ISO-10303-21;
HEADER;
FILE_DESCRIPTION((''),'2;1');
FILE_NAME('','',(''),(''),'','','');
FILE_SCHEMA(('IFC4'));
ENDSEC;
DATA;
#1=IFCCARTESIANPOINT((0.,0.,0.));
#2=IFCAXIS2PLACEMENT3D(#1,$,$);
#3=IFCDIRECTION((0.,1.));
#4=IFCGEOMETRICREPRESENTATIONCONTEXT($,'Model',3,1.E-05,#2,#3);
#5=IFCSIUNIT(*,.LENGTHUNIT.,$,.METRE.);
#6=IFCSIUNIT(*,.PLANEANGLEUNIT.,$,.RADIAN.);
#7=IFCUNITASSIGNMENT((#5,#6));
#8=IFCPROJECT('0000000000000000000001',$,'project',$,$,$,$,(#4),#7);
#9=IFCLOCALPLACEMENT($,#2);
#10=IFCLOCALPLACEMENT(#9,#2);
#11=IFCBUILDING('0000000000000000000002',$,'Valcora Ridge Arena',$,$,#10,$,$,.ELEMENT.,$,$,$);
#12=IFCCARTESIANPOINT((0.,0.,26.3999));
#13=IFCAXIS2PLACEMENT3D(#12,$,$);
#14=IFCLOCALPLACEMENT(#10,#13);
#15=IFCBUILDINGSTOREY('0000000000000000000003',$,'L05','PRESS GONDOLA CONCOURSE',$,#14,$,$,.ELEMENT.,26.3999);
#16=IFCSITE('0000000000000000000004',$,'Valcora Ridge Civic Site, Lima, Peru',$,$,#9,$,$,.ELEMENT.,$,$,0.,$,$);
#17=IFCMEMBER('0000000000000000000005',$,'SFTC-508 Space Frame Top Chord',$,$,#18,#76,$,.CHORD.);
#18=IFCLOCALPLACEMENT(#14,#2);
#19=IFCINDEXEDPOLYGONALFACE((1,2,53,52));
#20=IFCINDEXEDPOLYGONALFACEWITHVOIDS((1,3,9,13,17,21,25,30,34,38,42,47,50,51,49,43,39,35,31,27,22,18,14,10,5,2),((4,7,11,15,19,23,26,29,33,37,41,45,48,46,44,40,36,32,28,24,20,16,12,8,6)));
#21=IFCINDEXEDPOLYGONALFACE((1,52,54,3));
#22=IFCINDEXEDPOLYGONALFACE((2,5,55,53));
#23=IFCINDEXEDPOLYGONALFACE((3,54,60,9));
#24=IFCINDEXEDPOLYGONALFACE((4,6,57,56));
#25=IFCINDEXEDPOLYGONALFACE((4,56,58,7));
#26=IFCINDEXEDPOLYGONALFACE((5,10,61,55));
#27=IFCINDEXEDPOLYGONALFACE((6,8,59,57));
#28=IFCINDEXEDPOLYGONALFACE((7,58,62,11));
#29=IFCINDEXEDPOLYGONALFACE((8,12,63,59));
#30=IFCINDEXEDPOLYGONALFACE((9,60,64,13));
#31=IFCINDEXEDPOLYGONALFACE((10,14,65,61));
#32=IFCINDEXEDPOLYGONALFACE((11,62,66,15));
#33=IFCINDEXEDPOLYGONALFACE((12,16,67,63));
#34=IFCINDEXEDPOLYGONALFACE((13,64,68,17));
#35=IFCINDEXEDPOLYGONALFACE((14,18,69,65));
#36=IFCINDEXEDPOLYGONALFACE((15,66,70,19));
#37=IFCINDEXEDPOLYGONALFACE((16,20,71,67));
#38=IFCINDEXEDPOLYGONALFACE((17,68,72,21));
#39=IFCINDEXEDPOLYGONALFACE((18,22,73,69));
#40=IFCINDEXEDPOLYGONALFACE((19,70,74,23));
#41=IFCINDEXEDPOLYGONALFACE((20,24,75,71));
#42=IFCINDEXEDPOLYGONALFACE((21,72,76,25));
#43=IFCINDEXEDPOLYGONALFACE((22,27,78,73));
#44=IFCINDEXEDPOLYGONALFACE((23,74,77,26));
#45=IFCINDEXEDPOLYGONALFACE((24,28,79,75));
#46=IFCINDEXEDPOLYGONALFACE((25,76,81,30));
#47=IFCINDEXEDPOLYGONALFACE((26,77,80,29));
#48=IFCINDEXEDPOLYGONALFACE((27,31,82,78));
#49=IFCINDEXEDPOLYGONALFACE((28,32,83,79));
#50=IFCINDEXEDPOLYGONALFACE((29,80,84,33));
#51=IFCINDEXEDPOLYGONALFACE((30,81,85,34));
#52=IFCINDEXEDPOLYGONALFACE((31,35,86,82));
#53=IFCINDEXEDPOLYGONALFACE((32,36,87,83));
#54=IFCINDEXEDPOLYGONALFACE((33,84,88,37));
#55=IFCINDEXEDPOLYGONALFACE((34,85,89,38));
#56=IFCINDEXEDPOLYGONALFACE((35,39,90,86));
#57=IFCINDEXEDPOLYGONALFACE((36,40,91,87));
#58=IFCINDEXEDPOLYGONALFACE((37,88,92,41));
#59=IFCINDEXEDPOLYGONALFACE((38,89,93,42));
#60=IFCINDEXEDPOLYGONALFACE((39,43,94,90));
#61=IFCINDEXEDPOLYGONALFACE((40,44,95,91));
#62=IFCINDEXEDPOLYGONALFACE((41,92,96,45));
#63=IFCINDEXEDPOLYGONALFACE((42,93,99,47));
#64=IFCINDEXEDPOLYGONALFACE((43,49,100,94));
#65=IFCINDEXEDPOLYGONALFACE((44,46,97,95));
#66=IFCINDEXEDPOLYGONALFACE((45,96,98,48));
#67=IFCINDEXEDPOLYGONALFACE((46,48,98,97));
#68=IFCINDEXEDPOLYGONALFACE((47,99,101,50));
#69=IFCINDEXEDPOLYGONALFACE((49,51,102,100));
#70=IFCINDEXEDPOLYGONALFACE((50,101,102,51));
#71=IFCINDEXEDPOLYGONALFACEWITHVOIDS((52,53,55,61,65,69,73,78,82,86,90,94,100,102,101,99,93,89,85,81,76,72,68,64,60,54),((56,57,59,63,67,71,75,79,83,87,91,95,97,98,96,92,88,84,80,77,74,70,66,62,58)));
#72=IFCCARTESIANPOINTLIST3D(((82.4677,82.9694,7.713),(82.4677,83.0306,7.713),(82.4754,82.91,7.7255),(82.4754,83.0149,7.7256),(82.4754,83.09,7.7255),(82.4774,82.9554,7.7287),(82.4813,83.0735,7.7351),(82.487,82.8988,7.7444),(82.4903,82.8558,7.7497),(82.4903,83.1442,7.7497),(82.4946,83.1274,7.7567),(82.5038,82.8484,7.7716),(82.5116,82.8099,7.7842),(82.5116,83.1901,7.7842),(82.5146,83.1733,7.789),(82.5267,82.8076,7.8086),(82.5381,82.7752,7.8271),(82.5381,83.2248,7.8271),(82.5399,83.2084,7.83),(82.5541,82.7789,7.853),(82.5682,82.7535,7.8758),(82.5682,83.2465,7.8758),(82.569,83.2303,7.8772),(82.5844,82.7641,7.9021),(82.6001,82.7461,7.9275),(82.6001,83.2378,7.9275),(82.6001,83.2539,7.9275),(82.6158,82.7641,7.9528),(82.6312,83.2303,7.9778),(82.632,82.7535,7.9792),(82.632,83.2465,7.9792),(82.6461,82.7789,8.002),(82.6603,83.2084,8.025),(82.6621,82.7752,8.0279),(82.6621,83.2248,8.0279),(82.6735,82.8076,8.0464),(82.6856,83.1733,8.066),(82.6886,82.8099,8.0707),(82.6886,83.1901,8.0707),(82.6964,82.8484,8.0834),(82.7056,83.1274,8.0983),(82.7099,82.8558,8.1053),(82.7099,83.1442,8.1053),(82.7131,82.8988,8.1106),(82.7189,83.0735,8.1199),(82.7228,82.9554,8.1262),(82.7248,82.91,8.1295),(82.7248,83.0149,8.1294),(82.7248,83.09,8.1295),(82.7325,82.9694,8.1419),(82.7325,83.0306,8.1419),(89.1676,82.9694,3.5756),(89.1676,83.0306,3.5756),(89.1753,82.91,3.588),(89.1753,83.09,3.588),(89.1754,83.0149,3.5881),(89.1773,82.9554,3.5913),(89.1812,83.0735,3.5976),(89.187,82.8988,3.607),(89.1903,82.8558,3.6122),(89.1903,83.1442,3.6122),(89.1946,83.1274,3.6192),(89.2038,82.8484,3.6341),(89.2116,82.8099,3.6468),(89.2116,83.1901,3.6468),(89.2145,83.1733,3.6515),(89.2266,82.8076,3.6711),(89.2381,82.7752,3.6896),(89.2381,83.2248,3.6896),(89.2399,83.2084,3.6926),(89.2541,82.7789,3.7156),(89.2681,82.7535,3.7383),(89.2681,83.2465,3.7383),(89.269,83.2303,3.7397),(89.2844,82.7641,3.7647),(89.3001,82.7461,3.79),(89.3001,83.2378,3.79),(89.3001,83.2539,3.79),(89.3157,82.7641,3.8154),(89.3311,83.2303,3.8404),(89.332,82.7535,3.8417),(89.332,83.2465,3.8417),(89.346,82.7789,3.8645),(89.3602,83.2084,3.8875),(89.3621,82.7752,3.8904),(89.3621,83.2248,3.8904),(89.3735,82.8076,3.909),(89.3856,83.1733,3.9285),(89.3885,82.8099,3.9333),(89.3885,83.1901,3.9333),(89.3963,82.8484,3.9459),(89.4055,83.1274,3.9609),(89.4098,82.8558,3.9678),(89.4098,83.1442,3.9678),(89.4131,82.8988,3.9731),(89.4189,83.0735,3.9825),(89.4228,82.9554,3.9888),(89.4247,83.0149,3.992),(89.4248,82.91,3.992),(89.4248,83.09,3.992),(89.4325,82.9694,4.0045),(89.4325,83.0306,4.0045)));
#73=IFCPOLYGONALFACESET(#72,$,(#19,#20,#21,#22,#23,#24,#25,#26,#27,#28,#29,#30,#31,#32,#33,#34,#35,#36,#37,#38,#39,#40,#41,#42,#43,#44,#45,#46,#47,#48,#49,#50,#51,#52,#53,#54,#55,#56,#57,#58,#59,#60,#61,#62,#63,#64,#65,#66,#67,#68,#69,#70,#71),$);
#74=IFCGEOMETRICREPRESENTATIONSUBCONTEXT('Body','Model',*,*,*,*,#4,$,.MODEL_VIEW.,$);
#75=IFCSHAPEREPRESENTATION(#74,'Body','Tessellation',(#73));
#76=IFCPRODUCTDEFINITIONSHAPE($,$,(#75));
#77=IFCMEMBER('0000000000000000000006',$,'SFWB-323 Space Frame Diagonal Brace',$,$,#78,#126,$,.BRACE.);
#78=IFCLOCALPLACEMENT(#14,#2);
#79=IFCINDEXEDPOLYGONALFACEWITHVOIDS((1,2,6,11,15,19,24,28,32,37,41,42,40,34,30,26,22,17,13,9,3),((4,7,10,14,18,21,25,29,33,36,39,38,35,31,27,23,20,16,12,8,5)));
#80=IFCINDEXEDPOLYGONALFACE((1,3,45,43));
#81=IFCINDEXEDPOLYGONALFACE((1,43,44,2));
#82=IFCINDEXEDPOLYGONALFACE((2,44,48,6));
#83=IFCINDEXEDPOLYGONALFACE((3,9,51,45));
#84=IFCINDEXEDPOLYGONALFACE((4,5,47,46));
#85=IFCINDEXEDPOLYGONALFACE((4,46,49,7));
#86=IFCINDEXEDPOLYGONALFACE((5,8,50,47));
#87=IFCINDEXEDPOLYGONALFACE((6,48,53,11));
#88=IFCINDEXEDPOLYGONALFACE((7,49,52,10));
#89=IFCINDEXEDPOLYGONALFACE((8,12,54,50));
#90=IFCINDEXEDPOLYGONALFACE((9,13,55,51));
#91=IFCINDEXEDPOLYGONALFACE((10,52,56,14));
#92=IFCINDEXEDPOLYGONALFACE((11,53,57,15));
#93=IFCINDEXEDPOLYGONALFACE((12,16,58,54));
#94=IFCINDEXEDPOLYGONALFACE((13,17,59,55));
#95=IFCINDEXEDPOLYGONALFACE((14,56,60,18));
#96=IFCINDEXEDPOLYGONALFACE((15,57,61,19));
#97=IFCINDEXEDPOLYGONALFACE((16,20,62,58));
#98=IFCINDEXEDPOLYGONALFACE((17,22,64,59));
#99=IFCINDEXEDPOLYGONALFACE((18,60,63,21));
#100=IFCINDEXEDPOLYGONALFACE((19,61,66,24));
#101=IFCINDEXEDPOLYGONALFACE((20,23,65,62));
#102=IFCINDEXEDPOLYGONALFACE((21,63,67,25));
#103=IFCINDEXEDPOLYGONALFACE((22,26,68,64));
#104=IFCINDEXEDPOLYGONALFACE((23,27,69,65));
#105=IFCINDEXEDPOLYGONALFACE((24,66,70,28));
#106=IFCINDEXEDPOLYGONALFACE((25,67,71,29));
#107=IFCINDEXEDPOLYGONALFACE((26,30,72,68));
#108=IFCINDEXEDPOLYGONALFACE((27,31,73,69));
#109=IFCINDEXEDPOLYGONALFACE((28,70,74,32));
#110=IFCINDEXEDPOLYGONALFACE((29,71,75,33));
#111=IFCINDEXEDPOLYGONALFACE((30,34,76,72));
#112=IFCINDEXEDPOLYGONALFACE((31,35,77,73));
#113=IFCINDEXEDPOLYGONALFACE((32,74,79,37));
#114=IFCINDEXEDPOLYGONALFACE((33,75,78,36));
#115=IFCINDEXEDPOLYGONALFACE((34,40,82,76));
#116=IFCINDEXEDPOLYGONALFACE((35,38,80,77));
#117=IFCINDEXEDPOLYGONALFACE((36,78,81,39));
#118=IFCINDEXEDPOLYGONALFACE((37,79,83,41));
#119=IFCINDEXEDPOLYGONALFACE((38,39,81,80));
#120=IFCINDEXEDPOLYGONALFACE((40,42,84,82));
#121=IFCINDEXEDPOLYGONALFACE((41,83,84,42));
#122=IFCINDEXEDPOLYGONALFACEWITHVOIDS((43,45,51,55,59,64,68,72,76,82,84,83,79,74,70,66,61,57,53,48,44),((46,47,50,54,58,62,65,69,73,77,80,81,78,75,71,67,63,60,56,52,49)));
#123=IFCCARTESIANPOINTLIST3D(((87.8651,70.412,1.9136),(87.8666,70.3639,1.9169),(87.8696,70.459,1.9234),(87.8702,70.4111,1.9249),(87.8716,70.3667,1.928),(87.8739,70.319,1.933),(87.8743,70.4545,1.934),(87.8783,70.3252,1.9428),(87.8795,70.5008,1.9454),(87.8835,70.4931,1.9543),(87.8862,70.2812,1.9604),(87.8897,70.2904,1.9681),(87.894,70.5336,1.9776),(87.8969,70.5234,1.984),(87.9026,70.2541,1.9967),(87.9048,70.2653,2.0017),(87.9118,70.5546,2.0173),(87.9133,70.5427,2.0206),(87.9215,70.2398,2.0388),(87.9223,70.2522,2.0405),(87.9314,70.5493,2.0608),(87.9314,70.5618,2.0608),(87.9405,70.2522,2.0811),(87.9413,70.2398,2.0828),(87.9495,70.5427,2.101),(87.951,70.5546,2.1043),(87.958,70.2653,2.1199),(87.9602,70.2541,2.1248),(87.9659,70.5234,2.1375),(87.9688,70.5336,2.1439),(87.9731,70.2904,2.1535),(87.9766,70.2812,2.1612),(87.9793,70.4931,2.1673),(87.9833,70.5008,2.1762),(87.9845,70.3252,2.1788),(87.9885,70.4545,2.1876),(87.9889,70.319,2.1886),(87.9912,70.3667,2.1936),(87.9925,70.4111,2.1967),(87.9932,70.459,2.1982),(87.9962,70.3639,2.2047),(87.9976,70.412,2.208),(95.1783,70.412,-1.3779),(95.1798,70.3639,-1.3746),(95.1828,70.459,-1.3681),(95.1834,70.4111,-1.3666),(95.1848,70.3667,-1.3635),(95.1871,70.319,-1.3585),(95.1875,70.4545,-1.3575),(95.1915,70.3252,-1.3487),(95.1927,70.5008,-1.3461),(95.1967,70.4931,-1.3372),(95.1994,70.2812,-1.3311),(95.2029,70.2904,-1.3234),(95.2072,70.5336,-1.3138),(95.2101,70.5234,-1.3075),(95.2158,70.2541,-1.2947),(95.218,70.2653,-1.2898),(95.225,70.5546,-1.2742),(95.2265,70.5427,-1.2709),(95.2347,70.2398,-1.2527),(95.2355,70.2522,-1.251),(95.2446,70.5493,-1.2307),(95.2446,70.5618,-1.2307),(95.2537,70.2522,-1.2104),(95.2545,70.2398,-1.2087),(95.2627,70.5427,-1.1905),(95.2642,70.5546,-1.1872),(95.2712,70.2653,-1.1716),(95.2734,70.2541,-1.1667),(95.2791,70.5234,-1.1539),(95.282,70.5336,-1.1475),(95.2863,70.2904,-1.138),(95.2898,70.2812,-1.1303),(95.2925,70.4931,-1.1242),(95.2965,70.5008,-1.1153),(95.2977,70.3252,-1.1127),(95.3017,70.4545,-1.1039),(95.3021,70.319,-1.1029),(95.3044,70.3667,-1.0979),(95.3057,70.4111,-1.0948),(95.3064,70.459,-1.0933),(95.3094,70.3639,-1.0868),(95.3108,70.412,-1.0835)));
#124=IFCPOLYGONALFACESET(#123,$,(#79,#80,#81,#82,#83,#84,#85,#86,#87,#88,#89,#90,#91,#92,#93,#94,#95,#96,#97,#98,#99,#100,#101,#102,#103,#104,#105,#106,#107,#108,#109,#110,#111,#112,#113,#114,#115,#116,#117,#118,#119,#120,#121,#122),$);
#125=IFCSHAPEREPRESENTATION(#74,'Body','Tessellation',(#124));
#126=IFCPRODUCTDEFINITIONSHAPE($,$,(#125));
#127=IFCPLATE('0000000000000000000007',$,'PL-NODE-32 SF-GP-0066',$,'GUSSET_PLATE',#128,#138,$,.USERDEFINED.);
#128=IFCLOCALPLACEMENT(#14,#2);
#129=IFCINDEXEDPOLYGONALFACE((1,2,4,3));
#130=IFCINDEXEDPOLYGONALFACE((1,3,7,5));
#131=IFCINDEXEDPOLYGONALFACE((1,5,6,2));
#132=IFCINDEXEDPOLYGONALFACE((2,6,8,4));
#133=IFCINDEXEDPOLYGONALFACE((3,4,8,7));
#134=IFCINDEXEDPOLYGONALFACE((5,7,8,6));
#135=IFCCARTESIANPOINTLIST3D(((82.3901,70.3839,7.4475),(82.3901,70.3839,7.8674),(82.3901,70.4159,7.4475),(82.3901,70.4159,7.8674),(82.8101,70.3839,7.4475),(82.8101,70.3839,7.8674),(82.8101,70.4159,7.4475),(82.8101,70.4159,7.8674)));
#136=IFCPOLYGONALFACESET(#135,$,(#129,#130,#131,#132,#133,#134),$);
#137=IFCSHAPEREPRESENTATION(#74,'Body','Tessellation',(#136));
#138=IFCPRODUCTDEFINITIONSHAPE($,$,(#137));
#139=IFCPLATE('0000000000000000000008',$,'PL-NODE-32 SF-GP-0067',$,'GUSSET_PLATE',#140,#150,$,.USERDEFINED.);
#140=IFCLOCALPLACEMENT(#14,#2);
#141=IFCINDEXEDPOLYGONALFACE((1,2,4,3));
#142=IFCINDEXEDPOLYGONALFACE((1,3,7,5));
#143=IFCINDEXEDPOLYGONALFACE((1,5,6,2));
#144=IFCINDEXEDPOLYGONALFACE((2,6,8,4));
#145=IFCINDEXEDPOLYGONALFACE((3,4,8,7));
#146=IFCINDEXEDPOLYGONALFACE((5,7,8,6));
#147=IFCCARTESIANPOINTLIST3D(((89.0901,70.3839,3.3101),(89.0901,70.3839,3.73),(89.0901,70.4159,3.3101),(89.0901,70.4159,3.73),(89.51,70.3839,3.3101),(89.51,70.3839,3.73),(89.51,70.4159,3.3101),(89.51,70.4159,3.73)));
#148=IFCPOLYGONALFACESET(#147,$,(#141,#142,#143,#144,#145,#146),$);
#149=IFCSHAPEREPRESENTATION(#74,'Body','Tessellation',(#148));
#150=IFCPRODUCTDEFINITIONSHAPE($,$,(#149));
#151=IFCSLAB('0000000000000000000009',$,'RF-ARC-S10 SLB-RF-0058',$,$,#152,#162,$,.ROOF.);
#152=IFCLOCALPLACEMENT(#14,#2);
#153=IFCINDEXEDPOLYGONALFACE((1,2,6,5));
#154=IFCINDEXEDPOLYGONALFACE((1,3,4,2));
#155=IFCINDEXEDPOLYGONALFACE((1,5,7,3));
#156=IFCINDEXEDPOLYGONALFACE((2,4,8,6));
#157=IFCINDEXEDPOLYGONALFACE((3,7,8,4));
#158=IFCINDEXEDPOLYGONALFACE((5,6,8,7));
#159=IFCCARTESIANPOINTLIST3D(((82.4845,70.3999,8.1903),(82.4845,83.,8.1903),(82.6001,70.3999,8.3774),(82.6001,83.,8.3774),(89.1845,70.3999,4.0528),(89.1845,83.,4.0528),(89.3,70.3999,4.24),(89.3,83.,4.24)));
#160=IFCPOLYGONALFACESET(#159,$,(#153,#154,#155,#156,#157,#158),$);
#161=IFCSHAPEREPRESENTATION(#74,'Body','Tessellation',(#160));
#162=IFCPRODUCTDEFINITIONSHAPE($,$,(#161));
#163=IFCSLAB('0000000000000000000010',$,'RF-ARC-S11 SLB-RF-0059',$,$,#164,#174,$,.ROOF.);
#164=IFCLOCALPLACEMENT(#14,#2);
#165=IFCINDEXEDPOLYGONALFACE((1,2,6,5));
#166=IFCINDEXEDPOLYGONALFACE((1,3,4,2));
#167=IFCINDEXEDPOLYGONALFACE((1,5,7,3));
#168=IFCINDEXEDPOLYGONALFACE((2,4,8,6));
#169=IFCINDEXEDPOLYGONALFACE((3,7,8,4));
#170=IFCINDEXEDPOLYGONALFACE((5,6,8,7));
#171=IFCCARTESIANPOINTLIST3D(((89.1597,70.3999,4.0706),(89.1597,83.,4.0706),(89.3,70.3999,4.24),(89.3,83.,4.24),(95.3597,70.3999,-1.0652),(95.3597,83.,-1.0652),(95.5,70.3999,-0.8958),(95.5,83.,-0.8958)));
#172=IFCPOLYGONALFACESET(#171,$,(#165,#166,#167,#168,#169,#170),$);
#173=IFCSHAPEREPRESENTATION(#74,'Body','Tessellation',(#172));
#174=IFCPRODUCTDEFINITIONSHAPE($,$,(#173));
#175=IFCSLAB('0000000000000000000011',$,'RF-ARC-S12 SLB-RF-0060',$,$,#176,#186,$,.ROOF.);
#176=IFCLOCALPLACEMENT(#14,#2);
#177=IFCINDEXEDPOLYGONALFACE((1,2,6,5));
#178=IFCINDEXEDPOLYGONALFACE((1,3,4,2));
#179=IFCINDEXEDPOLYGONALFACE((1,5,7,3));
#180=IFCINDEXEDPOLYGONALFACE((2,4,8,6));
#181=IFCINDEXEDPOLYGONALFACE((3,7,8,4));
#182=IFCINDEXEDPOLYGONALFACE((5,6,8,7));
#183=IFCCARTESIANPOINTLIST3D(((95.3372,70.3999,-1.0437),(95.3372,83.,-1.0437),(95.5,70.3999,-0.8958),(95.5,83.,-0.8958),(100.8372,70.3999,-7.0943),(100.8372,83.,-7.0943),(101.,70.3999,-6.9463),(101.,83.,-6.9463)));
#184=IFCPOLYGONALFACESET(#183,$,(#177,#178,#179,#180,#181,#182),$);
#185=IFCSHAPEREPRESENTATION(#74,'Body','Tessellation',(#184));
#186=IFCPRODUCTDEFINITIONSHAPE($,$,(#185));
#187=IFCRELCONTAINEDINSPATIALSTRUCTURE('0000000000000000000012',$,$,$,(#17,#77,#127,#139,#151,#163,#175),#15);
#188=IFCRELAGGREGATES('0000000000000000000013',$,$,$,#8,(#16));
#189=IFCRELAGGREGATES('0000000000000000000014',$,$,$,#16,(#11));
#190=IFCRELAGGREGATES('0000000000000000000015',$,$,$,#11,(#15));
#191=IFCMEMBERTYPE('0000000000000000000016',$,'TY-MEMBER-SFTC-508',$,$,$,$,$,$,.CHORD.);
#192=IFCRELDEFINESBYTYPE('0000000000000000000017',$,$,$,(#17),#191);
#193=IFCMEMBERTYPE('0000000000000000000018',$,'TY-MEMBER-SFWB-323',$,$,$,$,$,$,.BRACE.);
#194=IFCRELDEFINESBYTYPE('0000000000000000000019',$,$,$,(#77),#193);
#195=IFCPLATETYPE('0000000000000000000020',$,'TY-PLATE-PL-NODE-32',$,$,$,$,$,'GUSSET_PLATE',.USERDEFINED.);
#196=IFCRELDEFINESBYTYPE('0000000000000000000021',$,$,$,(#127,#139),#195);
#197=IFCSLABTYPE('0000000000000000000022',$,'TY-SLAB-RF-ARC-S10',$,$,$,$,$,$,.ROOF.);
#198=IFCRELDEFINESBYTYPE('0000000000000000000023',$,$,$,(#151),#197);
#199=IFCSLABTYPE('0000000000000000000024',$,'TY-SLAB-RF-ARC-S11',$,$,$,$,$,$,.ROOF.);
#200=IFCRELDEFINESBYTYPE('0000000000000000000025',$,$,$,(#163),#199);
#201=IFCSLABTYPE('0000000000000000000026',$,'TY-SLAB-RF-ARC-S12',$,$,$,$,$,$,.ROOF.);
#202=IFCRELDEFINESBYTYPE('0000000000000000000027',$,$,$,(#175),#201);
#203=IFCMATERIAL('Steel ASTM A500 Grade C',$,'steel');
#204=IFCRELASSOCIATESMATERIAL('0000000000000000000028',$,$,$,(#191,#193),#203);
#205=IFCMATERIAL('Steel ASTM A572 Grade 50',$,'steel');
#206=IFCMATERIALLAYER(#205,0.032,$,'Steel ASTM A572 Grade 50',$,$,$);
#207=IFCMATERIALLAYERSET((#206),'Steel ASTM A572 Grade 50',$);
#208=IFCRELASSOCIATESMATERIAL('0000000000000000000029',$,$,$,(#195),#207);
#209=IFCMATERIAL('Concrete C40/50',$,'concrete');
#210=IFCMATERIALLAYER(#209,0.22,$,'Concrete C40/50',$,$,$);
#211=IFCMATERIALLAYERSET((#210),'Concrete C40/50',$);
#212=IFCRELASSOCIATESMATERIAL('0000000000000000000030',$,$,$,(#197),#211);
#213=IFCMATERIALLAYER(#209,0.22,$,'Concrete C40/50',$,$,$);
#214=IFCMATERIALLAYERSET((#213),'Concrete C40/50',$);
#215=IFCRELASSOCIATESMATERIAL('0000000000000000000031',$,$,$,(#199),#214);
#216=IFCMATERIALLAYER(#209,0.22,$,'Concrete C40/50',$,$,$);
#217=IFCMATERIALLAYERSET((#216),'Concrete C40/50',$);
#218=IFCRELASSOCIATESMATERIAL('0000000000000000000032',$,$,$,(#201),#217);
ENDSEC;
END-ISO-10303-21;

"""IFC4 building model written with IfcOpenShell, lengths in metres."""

from ifc_helpers import new_model, si_unit, direction, frame, origin, origin_2d, place, context, subcontext, project, spatial, polyline, rectangle, hollow_circle, outline, extrude, material, layer, layer_set, material_profile, profile_set, type_object, element, save


model = new_model("IFC4")

# Units and contexts
model_context = context("Model", 3, precision=1e-05, world=origin(), true_north=direction((0.0, 1.0)))
body_context = subcontext(model_context, "Body", "Model", "MODEL_VIEW")
ifc_project = project(units=[si_unit("LENGTHUNIT", "METRE"), si_unit("PLANEANGLEUNIT", "RADIAN")], contexts=[model_context])

# Site, building, storey
site_placement = place(None, origin())
site = spatial("IfcSite", under=ifc_project, at=site_placement, Name="Valcora Ridge Civic Site, Lima, Peru", CompositionType="ELEMENT", RefElevation=0.0)
building_placement = place(site_placement, origin())
building = spatial("IfcBuilding", under=site, at=building_placement, Name="Valcora Ridge Arena", CompositionType="ELEMENT")
storey_placement = place(building_placement, frame((0.0, 0.0, 26.3999)))
storey = spatial("IfcBuildingStorey", under=building, at=storey_placement, Name="L05", Description="PRESS GONDOLA CONCOURSE", CompositionType="ELEMENT", Elevation=26.3999)

# Members
ifc_material_1 = material(Name="Steel ASTM A572 Grade 50", Category="steel")
ifc_material_2 = material(Name="Steel ASTM A500 Grade C", Category="steel")
ifc_material_profile_1 = material_profile(ifc_material_2, hollow_circle(Radius=0.2539, WallThickness=0.0161, at=origin_2d()), Name="CHS508X16")
ifc_profile_set_1 = profile_set([ifc_material_profile_1], Name="Steel ASTM A500 Grade C")
member_type_1 = type_object("IfcMemberType", Name="TY-MEMBER-SFTC-508", PredefinedType="CHORD", material=ifc_profile_set_1)
member_1_placement = place(storey_placement, frame((82.6001, 83.0, 7.9275), z_axis=(0.850841, 0.0, -0.525424), x_axis=(0.0, 1.0, 0.0)))
element("IfcMember", 1, at=member_1_placement, inside=storey, type_object=member_type_1, Name="SFTC-508 Space Frame Top Chord", PredefinedType="CHORD", context=body_context, shape_type="SweptSolid", body=[
    extrude(hollow_circle(Radius=0.2539, WallThickness=0.0161, at=origin_2d()), origin(), (0.0, 0.0, 1.0), 7.8745),
])
ifc_material_profile_2 = material_profile(ifc_material_2, hollow_circle(Radius=0.1619, WallThickness=0.0125, at=origin_2d()), Name="CHS323X12")
ifc_profile_set_2 = profile_set([ifc_material_profile_2], Name="Steel ASTM A500 Grade C")
member_type_2 = type_object("IfcMemberType", Name="TY-MEMBER-SFWB-323", PredefinedType="BRACE", material=ifc_profile_set_2)
member_2_placement = place(storey_placement, frame((87.9314, 70.3999, 2.0608), z_axis=(0.911896, 0.0, -0.410422), x_axis=(0.0, 1.0, 0.0)))
element("IfcMember", 2, at=member_2_placement, inside=storey, type_object=member_type_2, Name="SFWB-323 Space Frame Diagonal Brace", PredefinedType="BRACE", context=body_context, shape_type="SweptSolid", body=[
    extrude(hollow_circle(Radius=0.1619, WallThickness=0.0125, at=origin_2d()), origin(), (0.0, 0.0, 1.0), 8.0198),
])

# Plates
ifc_layer_1 = layer(ifc_material_1, 0.032, Name="Steel ASTM A572 Grade 50")
ifc_layer_set_1 = layer_set([ifc_layer_1], Name="Steel ASTM A572 Grade 50")
plate_type = type_object("IfcPlateType", Name="TY-PLATE-PL-NODE-32", ElementType="GUSSET_PLATE", PredefinedType="USERDEFINED", material=ifc_layer_set_1)
for number, where, z_axis, x_axis, name in (
    (3, (82.6001, 70.3999, 7.4475), (0.0, 0.0, 1.0), (1.0, 0.0, 0.0), "PL-NODE-32 SF-GP-0066"),
    (4, (89.3, 70.3999, 3.3101), (0.0, 0.0, 1.0), (1.0, 0.0, 0.0), "PL-NODE-32 SF-GP-0067"),
):
    element("IfcPlate", number, at=place(storey_placement, frame(where, z_axis=z_axis, x_axis=x_axis)), inside=storey, type_object=plate_type, Name=name, ObjectType="GUSSET_PLATE", PredefinedType="USERDEFINED", context=body_context, shape_type="SweptSolid", body=[
        extrude(rectangle(XDim=0.4199, YDim=0.032, at=origin_2d()), origin(), (0.0, 0.0, 1.0), 0.4199),
    ])

# Slabs
ifc_material_3 = material(Name="Concrete C40/50", Category="concrete")
ifc_layer_2 = layer(ifc_material_3, 0.22, Name="Concrete C40/50")
ifc_layer_set_2 = layer_set([ifc_layer_2], Name="Concrete C40/50")
slab_type_1 = type_object("IfcSlabType", Name="TY-SLAB-RF-ARC-S10", PredefinedType="ROOF", material=ifc_layer_set_2)
slab_1_placement = place(storey_placement, frame((82.6001, 70.3999, 8.3774), z_axis=(0.525424, 0.0, 0.850841), x_axis=(0.850841, 0.0, -0.525424)))
element("IfcSlab", 5, at=slab_1_placement, inside=storey, type_object=slab_type_1, Name="RF-ARC-S10 SLB-RF-0058", PredefinedType="ROOF", context=body_context, shape_type="SweptSolid", body=[
    extrude(outline(polyline([(0.0, 0.0), (7.8745, 0.0), (7.8745, 12.6001), (0.0, 12.6001), (0.0, 0.0)])), origin(), (0.0, 0.0, -1.0), 0.22),
])
ifc_layer_3 = layer(ifc_material_3, 0.22, Name="Concrete C40/50")
ifc_layer_set_3 = layer_set([ifc_layer_3], Name="Concrete C40/50")
slab_type_2 = type_object("IfcSlabType", Name="TY-SLAB-RF-ARC-S11", PredefinedType="ROOF", material=ifc_layer_set_3)
slab_2_placement = place(storey_placement, frame((89.3, 70.3999, 4.24), z_axis=(0.637918, 0.0, 0.770105), x_axis=(0.770105, 0.0, -0.637918)))
element("IfcSlab", 6, at=slab_2_placement, inside=storey, type_object=slab_type_2, Name="RF-ARC-S11 SLB-RF-0059", PredefinedType="ROOF", context=body_context, shape_type="SweptSolid", body=[
    extrude(outline(polyline([(0.0, 0.0), (8.0508, 0.0), (8.0508, 12.6001), (0.0, 12.6001), (0.0, 0.0)])), origin(), (0.0, 0.0, -1.0), 0.22),
])
ifc_layer_4 = layer(ifc_material_3, 0.22, Name="Concrete C40/50")
ifc_layer_set_4 = layer_set([ifc_layer_4], Name="Concrete C40/50")
slab_type_3 = type_object("IfcSlabType", Name="TY-SLAB-RF-ARC-S12", PredefinedType="ROOF", material=ifc_layer_set_4)
slab_3_placement = place(storey_placement, frame((95.5, 70.3999, -0.8958), z_axis=(0.73997, 0.0, 0.67264), x_axis=(0.67264, 0.0, -0.73997)))
element("IfcSlab", 7, at=slab_3_placement, inside=storey, type_object=slab_type_3, Name="RF-ARC-S12 SLB-RF-0060", PredefinedType="ROOF", context=body_context, shape_type="SweptSolid", body=[
    extrude(outline(polyline([(0.0, 0.0), (8.1767, 0.0), (8.1767, 12.6001), (0.0, 12.6001), (0.0, 0.0)])), origin(), (0.0, 0.0, -1.0), 0.22),
])

save(model, "model.ifc")
